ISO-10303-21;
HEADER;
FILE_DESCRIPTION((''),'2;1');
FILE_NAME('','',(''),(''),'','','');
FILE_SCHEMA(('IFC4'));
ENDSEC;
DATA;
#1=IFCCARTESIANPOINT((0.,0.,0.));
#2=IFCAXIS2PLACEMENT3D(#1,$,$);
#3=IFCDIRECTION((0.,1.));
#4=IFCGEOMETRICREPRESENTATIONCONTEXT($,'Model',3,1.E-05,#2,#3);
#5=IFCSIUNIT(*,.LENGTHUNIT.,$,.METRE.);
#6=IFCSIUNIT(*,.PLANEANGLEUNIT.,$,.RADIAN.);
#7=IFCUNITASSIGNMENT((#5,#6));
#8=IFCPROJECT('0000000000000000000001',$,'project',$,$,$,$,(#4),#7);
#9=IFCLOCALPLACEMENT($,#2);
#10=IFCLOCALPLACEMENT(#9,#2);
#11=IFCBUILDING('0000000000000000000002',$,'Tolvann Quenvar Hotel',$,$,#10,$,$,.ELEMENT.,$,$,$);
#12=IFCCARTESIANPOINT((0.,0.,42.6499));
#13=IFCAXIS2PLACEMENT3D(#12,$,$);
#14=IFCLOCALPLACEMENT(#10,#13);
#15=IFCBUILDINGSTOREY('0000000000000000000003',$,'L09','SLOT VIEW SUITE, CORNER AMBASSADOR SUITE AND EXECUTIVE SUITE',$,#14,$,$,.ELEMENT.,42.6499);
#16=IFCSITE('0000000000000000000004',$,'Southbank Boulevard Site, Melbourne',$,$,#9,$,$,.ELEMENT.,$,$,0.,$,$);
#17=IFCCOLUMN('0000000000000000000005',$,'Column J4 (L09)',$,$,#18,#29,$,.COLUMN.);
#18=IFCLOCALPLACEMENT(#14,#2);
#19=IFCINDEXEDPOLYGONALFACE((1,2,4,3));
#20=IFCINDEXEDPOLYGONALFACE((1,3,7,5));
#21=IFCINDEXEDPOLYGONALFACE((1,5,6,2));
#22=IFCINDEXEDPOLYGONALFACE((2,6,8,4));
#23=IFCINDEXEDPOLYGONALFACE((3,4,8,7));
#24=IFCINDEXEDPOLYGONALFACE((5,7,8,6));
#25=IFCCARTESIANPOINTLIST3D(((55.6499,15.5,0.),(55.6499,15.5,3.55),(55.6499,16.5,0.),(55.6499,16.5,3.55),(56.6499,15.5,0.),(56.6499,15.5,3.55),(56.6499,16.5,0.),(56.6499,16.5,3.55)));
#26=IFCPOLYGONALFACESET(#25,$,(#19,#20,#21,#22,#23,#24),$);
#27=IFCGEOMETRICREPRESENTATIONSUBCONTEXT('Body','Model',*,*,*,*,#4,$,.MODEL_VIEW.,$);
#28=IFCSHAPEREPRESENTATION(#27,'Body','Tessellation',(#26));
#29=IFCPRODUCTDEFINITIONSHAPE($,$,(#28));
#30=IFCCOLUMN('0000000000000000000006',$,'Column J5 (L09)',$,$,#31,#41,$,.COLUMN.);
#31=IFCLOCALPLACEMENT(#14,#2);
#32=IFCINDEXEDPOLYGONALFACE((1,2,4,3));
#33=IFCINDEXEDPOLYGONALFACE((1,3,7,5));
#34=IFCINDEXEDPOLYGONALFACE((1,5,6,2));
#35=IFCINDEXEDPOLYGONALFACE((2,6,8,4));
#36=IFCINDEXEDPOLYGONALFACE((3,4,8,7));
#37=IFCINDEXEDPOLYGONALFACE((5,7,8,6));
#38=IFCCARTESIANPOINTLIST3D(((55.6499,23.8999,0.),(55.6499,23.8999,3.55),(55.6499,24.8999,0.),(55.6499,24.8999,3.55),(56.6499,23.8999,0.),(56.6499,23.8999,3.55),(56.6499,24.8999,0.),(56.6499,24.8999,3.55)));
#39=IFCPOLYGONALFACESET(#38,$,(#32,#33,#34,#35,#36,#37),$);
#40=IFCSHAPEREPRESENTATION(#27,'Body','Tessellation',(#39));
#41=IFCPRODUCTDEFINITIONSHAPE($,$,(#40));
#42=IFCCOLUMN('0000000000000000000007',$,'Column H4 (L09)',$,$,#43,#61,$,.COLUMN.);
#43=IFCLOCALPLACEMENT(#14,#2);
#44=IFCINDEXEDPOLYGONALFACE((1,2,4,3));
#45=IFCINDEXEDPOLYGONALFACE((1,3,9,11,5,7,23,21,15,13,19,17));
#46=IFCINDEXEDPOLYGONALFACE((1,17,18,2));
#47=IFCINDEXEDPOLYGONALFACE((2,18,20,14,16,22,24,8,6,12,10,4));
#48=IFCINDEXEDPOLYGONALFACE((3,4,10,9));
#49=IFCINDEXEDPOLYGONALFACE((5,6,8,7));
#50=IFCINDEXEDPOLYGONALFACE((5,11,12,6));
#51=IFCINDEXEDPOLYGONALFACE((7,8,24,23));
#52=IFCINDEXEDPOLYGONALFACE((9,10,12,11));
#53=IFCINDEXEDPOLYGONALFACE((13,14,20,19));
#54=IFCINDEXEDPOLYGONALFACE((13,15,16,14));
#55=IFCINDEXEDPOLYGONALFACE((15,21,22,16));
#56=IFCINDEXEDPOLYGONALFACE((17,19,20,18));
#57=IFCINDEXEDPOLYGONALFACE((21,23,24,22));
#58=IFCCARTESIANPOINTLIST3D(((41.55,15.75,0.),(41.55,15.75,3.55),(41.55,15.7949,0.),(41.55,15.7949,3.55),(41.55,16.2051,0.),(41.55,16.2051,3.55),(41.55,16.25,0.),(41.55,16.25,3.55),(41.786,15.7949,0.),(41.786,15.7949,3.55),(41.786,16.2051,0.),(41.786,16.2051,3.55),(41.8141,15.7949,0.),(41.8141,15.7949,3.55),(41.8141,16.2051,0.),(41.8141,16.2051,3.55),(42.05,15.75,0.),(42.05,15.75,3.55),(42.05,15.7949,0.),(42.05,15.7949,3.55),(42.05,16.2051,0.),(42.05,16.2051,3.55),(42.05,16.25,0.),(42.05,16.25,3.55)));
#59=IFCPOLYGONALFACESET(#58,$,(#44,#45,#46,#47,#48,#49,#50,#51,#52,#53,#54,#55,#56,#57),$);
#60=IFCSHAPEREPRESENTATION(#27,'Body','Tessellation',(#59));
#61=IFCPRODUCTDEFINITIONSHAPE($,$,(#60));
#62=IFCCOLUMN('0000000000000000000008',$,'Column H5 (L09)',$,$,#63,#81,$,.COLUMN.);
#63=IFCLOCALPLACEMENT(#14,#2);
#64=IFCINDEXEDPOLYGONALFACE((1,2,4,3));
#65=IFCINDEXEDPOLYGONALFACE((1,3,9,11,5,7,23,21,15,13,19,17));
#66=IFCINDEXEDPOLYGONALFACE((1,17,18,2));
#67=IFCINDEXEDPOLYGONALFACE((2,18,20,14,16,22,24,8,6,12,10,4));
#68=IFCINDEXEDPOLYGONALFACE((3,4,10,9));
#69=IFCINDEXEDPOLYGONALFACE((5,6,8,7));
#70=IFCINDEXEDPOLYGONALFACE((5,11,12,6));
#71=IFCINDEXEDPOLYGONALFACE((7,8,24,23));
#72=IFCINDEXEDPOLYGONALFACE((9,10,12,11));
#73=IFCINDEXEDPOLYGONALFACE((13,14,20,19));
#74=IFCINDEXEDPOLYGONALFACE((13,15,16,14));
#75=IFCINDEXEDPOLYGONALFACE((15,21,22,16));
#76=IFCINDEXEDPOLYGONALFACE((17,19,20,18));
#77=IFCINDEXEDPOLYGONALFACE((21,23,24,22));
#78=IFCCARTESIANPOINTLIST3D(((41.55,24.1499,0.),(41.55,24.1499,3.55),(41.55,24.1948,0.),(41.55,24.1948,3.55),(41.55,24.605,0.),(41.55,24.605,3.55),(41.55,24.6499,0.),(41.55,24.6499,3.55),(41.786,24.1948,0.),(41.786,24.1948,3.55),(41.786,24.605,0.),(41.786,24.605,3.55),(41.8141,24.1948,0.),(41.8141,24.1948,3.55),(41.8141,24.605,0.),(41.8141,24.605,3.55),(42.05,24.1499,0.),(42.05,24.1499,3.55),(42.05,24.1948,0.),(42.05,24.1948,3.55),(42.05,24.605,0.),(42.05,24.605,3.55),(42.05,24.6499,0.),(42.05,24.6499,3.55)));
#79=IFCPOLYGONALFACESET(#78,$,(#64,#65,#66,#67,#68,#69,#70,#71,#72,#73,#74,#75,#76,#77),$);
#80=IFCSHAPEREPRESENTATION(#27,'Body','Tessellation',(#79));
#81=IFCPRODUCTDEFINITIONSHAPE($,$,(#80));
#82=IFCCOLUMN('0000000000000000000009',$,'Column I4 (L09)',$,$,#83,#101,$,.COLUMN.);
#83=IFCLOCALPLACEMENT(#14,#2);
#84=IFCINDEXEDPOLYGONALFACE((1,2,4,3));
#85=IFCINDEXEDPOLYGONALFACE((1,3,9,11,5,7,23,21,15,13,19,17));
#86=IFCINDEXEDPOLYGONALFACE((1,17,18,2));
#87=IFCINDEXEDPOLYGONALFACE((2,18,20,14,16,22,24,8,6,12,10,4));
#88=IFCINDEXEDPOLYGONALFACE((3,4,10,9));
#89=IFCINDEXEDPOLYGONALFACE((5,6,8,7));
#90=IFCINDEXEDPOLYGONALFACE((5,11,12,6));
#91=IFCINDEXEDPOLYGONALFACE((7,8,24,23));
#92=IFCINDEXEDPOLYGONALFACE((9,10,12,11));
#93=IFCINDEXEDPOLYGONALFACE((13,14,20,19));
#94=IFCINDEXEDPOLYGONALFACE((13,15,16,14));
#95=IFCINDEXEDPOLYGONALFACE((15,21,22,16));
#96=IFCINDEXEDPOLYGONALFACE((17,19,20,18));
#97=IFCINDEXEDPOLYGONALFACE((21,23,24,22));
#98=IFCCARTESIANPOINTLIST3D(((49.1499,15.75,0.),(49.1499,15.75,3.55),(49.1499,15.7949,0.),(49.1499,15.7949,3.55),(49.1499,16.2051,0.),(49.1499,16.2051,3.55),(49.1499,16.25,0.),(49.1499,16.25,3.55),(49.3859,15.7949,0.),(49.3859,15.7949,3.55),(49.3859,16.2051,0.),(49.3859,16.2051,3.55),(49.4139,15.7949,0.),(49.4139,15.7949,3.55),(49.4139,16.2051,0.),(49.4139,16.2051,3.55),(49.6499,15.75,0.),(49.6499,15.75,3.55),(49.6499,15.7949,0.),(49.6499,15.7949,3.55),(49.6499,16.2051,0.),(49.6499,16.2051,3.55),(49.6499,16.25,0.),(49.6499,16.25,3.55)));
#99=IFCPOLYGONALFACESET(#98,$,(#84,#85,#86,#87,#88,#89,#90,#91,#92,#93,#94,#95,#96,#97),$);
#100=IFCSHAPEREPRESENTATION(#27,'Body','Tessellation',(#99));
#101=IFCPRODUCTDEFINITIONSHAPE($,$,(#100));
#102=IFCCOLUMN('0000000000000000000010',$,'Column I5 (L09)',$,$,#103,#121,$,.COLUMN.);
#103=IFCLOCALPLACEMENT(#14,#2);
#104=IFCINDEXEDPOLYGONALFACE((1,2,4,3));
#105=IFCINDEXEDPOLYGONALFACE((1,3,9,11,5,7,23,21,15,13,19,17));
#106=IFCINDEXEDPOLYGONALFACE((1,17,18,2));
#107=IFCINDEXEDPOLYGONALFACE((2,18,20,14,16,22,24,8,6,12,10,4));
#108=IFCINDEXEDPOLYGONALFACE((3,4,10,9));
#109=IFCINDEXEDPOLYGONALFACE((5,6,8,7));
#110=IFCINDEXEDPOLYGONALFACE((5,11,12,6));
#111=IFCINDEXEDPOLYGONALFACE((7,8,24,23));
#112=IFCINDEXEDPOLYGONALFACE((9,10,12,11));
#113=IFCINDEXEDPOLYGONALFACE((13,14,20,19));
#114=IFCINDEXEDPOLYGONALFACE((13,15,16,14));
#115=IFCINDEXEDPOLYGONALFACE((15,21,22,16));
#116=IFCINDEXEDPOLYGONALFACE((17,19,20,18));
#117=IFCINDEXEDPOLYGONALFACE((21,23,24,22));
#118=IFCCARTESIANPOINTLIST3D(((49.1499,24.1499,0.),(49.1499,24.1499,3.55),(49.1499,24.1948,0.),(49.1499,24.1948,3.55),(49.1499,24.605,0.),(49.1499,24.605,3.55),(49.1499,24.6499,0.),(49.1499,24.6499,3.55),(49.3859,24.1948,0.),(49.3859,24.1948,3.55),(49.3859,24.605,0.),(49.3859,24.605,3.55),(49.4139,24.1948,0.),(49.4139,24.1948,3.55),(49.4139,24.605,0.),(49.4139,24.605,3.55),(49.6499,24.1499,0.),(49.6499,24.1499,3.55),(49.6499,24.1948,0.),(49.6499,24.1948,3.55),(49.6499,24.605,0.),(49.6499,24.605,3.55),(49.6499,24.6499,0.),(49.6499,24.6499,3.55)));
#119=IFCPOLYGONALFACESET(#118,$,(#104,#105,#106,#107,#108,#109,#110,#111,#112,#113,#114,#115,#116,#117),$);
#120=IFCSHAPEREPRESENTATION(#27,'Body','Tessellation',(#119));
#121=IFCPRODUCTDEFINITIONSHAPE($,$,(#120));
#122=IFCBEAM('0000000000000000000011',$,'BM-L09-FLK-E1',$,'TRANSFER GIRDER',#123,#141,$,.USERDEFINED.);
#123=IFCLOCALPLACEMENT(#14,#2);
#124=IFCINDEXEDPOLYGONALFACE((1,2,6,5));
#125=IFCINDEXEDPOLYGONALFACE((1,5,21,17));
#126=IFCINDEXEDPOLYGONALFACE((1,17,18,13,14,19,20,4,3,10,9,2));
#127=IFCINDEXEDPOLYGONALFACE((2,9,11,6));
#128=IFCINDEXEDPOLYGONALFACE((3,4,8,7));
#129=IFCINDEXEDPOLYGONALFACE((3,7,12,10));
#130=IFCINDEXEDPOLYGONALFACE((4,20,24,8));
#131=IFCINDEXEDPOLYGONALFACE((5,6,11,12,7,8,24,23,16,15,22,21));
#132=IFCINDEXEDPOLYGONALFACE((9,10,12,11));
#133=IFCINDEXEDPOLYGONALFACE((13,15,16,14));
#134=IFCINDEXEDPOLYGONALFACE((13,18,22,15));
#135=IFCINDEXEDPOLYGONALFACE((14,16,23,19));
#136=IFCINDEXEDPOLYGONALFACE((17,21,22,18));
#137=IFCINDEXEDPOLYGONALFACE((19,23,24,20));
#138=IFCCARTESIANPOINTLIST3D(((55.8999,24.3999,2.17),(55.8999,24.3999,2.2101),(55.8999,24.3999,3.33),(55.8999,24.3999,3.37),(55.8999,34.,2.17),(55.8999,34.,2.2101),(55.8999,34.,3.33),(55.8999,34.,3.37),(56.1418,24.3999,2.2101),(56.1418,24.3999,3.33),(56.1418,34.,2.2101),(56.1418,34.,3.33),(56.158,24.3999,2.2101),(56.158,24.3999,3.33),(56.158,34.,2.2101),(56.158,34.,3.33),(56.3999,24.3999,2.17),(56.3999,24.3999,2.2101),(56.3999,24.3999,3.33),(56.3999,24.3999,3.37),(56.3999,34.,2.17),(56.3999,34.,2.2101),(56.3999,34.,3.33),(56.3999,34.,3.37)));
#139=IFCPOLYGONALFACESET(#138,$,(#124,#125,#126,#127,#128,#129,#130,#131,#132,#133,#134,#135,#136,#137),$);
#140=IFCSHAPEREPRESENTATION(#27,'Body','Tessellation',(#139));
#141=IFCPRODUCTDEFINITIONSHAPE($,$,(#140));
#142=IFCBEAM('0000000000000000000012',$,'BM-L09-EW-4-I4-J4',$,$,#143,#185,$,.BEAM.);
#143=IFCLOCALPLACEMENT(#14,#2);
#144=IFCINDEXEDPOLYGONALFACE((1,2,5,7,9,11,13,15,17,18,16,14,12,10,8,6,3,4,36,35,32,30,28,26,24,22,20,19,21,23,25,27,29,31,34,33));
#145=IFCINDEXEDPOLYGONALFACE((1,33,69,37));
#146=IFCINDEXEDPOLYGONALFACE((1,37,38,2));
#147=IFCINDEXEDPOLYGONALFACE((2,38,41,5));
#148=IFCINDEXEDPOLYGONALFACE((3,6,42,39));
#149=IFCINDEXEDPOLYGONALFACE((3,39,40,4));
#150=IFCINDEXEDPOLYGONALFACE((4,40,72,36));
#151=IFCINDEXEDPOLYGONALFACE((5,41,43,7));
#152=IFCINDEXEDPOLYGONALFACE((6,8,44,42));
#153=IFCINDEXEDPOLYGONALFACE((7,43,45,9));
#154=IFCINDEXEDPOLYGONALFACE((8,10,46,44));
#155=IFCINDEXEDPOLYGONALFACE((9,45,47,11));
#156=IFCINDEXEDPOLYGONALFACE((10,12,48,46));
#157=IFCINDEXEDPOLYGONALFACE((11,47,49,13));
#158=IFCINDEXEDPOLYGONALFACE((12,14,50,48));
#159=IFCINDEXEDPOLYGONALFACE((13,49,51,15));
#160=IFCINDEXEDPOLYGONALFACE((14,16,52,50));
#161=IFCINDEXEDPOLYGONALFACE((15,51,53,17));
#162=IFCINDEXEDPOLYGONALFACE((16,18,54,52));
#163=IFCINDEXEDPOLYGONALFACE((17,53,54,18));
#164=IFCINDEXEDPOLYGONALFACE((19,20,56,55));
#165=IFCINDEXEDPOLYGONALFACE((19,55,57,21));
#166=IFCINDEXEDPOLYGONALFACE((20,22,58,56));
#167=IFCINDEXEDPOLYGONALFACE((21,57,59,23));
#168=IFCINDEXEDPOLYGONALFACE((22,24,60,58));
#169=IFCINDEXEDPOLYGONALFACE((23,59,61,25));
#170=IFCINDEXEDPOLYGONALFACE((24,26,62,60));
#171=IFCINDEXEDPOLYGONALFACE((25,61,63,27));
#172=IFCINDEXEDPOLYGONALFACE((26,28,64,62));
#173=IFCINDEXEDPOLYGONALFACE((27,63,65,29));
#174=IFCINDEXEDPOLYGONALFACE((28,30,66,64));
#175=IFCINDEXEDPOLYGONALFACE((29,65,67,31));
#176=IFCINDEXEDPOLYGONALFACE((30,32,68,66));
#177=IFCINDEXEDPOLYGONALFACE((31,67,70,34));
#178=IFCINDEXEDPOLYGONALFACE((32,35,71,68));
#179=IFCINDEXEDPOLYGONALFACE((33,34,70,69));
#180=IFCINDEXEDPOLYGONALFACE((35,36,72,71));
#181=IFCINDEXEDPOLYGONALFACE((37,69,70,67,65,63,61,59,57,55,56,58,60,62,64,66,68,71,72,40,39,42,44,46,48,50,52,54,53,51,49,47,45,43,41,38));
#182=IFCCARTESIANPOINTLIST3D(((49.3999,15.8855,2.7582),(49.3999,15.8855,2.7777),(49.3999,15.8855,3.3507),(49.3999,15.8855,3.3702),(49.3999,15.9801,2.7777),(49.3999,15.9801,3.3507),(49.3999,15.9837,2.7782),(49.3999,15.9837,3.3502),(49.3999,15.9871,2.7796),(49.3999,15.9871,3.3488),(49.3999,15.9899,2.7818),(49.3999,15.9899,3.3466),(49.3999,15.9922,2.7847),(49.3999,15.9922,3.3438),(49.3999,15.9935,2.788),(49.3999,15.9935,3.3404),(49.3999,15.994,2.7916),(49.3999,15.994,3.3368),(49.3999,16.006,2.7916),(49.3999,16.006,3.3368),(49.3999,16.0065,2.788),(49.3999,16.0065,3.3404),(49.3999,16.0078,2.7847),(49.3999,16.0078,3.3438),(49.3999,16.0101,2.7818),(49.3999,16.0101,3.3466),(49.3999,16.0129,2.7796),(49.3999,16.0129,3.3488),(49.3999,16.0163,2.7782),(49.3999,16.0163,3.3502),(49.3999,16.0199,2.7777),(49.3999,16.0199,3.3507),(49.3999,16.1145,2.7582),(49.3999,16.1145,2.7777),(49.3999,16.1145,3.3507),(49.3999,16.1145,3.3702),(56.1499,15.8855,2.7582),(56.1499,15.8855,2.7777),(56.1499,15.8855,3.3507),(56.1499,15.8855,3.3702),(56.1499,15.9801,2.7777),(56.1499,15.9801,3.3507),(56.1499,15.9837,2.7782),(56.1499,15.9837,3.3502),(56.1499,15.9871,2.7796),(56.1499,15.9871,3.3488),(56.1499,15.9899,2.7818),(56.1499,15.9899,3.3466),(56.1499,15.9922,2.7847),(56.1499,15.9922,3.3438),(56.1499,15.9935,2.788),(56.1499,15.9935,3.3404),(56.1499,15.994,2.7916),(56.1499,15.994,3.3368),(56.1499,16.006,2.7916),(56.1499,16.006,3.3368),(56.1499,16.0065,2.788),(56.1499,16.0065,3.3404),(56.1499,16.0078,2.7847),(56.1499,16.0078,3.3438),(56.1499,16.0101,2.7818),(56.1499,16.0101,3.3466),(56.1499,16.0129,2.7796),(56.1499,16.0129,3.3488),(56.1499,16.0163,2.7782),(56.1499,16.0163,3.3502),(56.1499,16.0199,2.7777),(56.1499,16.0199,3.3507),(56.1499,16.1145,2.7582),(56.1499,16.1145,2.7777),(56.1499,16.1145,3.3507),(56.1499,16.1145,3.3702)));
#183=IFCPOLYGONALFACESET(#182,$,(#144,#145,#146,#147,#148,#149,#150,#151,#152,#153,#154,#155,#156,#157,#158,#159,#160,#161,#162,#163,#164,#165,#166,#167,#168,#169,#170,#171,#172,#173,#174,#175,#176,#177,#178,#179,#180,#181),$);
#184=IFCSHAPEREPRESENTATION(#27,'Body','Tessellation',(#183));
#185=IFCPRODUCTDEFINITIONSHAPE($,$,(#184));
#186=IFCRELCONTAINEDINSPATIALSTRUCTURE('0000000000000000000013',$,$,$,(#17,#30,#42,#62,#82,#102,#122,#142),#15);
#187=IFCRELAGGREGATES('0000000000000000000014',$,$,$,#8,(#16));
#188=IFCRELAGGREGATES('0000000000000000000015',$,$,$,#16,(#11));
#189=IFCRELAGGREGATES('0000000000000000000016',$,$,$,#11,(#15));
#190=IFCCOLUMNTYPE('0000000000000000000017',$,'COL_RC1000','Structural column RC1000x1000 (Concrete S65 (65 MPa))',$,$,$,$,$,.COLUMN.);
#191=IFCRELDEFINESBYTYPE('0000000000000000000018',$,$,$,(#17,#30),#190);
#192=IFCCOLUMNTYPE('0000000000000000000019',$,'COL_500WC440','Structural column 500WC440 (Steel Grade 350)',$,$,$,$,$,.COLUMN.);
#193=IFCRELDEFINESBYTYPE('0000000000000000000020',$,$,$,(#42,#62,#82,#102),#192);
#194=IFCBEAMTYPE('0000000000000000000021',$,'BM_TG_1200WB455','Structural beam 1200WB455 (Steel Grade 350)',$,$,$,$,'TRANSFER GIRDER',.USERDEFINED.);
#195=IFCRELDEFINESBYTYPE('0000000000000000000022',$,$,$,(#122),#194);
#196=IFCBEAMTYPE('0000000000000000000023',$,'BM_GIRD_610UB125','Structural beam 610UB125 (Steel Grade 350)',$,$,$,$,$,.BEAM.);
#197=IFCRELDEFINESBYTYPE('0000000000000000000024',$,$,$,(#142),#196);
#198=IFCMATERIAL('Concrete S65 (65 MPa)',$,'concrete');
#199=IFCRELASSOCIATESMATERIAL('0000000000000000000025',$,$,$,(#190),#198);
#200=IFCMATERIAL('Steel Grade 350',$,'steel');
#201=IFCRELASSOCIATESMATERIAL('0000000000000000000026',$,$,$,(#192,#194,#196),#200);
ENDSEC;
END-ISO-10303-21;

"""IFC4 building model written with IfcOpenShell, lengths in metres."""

from ifc_helpers import new_model, si_unit, direction, frame, origin, origin_2d, place, context, subcontext, project, spatial, rectangle, i_section, extrude, source, transform, mapped, material, material_profile, profile_set, type_object, type_shapes, element, save


model = new_model("IFC4")

# Units and contexts
model_context = context("Model", 3, precision=1e-05, world=origin(), true_north=direction((0.0, 1.0)))
body_context = subcontext(model_context, "Body", "Model", "MODEL_VIEW")
ifc_project = project(units=[si_unit("LENGTHUNIT", "METRE"), si_unit("PLANEANGLEUNIT", "RADIAN")], contexts=[model_context])

# Site, building, storey
site_placement = place(None, origin())
site = spatial("IfcSite", under=ifc_project, at=site_placement, Name="Southbank Boulevard Site, Melbourne", CompositionType="ELEMENT", RefElevation=0.0)
building_placement = place(site_placement, origin())
building = spatial("IfcBuilding", under=site, at=building_placement, Name="Tolvann Quenvar Hotel", CompositionType="ELEMENT")
storey_placement = place(building_placement, frame((0.0, 0.0, 42.6499)))
storey = spatial("IfcBuildingStorey", under=building, at=storey_placement, Name="L09", Description="SLOT VIEW SUITE, CORNER AMBASSADOR SUITE AND EXECUTIVE SUITE", CompositionType="ELEMENT", Elevation=42.6499)

# Columns
ifc_material_1 = material(Name="Concrete S65 (65 MPa)", Category="concrete")
ifc_material_profile_1 = material_profile(ifc_material_1, rectangle(XDim=1.0, YDim=1.0, at=origin_2d()), Name="RC1000x1000")
ifc_profile_set_1 = profile_set([ifc_material_profile_1], Name="Concrete S65 (65 MPa)")
column_type_1 = type_object("IfcColumnType", Name="COL_RC1000", Description="Structural column RC1000x1000 (Concrete S65 (65 MPa))", PredefinedType="COLUMN", material=ifc_profile_set_1)
shared_shape_1 = source(origin(), body_context, "Body", "SweptSolid", [
    extrude(rectangle(XDim=1.0, YDim=1.0, at=origin_2d()), origin(), (0.0, 0.0, 1.0), 3.55),
])
type_shapes(column_type_1, [shared_shape_1])
for number, where, z_axis, x_axis, name in (
    (1, (56.1499, 16.0, 0.0), (0.0, 0.0, 1.0), (1.0, 0.0, 0.0), "Column J4 (L09)"),
    (2, (56.1499, 24.3999, 0.0), (0.0, 0.0, 1.0), (1.0, 0.0, 0.0), "Column J5 (L09)"),
):
    element("IfcColumn", number, at=place(storey_placement, frame(where, z_axis=z_axis, x_axis=x_axis)), inside=storey, type_object=column_type_1, Name=name, PredefinedType="COLUMN", context=body_context, shape_type="MappedRepresentation", body=[
        mapped(shared_shape_1, transform((0.0, 0.0, 0.0), x_axis=(1.0, 0.0, 0.0), y_axis=(0.0, 1.0, 0.0), z_axis=(0.0, 0.0, 1.0), scale=1.0)),
    ])
ifc_material_2 = material(Name="Steel Grade 350", Category="steel")
ifc_material_profile_2 = material_profile(ifc_material_2, i_section(OverallWidth=0.5, OverallDepth=0.5, WebThickness=0.0281, FlangeThickness=0.0449, at=origin_2d()), Name="500WC440")
ifc_profile_set_2 = profile_set([ifc_material_profile_2], Name="Steel Grade 350")
column_type_2 = type_object("IfcColumnType", Name="COL_500WC440", Description="Structural column 500WC440 (Steel Grade 350)", PredefinedType="COLUMN", material=ifc_profile_set_2)
shared_shape_2 = source(origin(), body_context, "Body", "SweptSolid", [
    extrude(i_section(OverallWidth=0.5, OverallDepth=0.5, WebThickness=0.0281, FlangeThickness=0.0449, at=origin_2d()), origin(), (0.0, 0.0, 1.0), 3.55),
])
type_shapes(column_type_2, [shared_shape_2])
for number, where, z_axis, x_axis, name in (
    (3, (41.8, 16.0, 0.0), (0.0, 0.0, 1.0), (1.0, 0.0, 0.0), "Column H4 (L09)"),
    (4, (41.8, 24.3999, 0.0), (0.0, 0.0, 1.0), (1.0, 0.0, 0.0), "Column H5 (L09)"),
    (5, (49.3999, 16.0, 0.0), (0.0, 0.0, 1.0), (1.0, 0.0, 0.0), "Column I4 (L09)"),
    (6, (49.3999, 24.3999, 0.0), (0.0, 0.0, 1.0), (1.0, 0.0, 0.0), "Column I5 (L09)"),
):
    element("IfcColumn", number, at=place(storey_placement, frame(where, z_axis=z_axis, x_axis=x_axis)), inside=storey, type_object=column_type_2, Name=name, PredefinedType="COLUMN", context=body_context, shape_type="MappedRepresentation", body=[
        mapped(shared_shape_2, transform((0.0, 0.0, 0.0), x_axis=(1.0, 0.0, 0.0), y_axis=(0.0, 1.0, 0.0), z_axis=(0.0, 0.0, 1.0), scale=1.0)),
    ])

# Beams
ifc_material_profile_3 = material_profile(ifc_material_2, i_section(OverallWidth=0.5, OverallDepth=1.2, WebThickness=0.0161, FlangeThickness=0.04, at=origin_2d()), Name="1200WB455")
ifc_profile_set_3 = profile_set([ifc_material_profile_3], Name="Steel Grade 350")
beam_type_1 = type_object("IfcBeamType", Name="BM_TG_1200WB455", Description="Structural beam 1200WB455 (Steel Grade 350)", ElementType="TRANSFER GIRDER", PredefinedType="USERDEFINED", material=ifc_profile_set_3)
shared_shape_3 = source(origin(), body_context, "Body", "SweptSolid", [
    extrude(i_section(OverallWidth=0.5, OverallDepth=1.2, WebThickness=0.0161, FlangeThickness=0.04, at=origin_2d()), origin(), (0.0, 0.0, 1.0), 9.6001),
])
beam_1_placement = place(storey_placement, frame((56.1499, 24.3999, 2.77), z_axis=(0.0, 1.0, 0.0), x_axis=(-1.0, 0.0, 0.0)))
element("IfcBeam", 7, at=beam_1_placement, inside=storey, type_object=beam_type_1, Name="BM-L09-FLK-E1", ObjectType="TRANSFER GIRDER", PredefinedType="USERDEFINED", context=body_context, shape_type="MappedRepresentation", body=[
    mapped(shared_shape_3, transform((0.0, 0.0, 0.0), x_axis=(1.0, 0.0, 0.0), y_axis=(0.0, 1.0, 0.0), z_axis=(0.0, 0.0, 1.0), scale=1.0)),
])
ifc_material_profile_4 = material_profile(ifc_material_2, i_section(OverallWidth=0.229, OverallDepth=0.6121, WebThickness=0.012, FlangeThickness=0.0195, FilletRadius=0.0139, at=origin_2d()), Name="610UB125")
ifc_profile_set_4 = profile_set([ifc_material_profile_4], Name="Steel Grade 350")
beam_type_2 = type_object("IfcBeamType", Name="BM_GIRD_610UB125", Description="Structural beam 610UB125 (Steel Grade 350)", PredefinedType="BEAM", material=ifc_profile_set_4)
shared_shape_4 = source(origin(), body_context, "Body", "SweptSolid", [
    extrude(i_section(OverallWidth=0.229, OverallDepth=0.6121, WebThickness=0.012, FlangeThickness=0.0195, FilletRadius=0.0139, at=origin_2d()), origin(), (0.0, 0.0, 1.0), 6.75),
])
for number, where, z_axis, x_axis, name in (
    (8, (49.3999, 16.0, 3.0642), (1.0, 0.0, 0.0), (0.0, 1.0, 0.0), "BM-L09-EW-4-I4-J4"),
):
    element("IfcBeam", number, at=place(storey_placement, frame(where, z_axis=z_axis, x_axis=x_axis)), inside=storey, type_object=beam_type_2, Name=name, PredefinedType="BEAM", context=body_context, shape_type="MappedRepresentation", body=[
        mapped(shared_shape_4, transform((0.0, 0.0, 0.0), x_axis=(1.0, 0.0, 0.0), y_axis=(0.0, 1.0, 0.0), z_axis=(0.0, 0.0, 1.0), scale=1.0)),
    ])

save(model, "model.ifc")
